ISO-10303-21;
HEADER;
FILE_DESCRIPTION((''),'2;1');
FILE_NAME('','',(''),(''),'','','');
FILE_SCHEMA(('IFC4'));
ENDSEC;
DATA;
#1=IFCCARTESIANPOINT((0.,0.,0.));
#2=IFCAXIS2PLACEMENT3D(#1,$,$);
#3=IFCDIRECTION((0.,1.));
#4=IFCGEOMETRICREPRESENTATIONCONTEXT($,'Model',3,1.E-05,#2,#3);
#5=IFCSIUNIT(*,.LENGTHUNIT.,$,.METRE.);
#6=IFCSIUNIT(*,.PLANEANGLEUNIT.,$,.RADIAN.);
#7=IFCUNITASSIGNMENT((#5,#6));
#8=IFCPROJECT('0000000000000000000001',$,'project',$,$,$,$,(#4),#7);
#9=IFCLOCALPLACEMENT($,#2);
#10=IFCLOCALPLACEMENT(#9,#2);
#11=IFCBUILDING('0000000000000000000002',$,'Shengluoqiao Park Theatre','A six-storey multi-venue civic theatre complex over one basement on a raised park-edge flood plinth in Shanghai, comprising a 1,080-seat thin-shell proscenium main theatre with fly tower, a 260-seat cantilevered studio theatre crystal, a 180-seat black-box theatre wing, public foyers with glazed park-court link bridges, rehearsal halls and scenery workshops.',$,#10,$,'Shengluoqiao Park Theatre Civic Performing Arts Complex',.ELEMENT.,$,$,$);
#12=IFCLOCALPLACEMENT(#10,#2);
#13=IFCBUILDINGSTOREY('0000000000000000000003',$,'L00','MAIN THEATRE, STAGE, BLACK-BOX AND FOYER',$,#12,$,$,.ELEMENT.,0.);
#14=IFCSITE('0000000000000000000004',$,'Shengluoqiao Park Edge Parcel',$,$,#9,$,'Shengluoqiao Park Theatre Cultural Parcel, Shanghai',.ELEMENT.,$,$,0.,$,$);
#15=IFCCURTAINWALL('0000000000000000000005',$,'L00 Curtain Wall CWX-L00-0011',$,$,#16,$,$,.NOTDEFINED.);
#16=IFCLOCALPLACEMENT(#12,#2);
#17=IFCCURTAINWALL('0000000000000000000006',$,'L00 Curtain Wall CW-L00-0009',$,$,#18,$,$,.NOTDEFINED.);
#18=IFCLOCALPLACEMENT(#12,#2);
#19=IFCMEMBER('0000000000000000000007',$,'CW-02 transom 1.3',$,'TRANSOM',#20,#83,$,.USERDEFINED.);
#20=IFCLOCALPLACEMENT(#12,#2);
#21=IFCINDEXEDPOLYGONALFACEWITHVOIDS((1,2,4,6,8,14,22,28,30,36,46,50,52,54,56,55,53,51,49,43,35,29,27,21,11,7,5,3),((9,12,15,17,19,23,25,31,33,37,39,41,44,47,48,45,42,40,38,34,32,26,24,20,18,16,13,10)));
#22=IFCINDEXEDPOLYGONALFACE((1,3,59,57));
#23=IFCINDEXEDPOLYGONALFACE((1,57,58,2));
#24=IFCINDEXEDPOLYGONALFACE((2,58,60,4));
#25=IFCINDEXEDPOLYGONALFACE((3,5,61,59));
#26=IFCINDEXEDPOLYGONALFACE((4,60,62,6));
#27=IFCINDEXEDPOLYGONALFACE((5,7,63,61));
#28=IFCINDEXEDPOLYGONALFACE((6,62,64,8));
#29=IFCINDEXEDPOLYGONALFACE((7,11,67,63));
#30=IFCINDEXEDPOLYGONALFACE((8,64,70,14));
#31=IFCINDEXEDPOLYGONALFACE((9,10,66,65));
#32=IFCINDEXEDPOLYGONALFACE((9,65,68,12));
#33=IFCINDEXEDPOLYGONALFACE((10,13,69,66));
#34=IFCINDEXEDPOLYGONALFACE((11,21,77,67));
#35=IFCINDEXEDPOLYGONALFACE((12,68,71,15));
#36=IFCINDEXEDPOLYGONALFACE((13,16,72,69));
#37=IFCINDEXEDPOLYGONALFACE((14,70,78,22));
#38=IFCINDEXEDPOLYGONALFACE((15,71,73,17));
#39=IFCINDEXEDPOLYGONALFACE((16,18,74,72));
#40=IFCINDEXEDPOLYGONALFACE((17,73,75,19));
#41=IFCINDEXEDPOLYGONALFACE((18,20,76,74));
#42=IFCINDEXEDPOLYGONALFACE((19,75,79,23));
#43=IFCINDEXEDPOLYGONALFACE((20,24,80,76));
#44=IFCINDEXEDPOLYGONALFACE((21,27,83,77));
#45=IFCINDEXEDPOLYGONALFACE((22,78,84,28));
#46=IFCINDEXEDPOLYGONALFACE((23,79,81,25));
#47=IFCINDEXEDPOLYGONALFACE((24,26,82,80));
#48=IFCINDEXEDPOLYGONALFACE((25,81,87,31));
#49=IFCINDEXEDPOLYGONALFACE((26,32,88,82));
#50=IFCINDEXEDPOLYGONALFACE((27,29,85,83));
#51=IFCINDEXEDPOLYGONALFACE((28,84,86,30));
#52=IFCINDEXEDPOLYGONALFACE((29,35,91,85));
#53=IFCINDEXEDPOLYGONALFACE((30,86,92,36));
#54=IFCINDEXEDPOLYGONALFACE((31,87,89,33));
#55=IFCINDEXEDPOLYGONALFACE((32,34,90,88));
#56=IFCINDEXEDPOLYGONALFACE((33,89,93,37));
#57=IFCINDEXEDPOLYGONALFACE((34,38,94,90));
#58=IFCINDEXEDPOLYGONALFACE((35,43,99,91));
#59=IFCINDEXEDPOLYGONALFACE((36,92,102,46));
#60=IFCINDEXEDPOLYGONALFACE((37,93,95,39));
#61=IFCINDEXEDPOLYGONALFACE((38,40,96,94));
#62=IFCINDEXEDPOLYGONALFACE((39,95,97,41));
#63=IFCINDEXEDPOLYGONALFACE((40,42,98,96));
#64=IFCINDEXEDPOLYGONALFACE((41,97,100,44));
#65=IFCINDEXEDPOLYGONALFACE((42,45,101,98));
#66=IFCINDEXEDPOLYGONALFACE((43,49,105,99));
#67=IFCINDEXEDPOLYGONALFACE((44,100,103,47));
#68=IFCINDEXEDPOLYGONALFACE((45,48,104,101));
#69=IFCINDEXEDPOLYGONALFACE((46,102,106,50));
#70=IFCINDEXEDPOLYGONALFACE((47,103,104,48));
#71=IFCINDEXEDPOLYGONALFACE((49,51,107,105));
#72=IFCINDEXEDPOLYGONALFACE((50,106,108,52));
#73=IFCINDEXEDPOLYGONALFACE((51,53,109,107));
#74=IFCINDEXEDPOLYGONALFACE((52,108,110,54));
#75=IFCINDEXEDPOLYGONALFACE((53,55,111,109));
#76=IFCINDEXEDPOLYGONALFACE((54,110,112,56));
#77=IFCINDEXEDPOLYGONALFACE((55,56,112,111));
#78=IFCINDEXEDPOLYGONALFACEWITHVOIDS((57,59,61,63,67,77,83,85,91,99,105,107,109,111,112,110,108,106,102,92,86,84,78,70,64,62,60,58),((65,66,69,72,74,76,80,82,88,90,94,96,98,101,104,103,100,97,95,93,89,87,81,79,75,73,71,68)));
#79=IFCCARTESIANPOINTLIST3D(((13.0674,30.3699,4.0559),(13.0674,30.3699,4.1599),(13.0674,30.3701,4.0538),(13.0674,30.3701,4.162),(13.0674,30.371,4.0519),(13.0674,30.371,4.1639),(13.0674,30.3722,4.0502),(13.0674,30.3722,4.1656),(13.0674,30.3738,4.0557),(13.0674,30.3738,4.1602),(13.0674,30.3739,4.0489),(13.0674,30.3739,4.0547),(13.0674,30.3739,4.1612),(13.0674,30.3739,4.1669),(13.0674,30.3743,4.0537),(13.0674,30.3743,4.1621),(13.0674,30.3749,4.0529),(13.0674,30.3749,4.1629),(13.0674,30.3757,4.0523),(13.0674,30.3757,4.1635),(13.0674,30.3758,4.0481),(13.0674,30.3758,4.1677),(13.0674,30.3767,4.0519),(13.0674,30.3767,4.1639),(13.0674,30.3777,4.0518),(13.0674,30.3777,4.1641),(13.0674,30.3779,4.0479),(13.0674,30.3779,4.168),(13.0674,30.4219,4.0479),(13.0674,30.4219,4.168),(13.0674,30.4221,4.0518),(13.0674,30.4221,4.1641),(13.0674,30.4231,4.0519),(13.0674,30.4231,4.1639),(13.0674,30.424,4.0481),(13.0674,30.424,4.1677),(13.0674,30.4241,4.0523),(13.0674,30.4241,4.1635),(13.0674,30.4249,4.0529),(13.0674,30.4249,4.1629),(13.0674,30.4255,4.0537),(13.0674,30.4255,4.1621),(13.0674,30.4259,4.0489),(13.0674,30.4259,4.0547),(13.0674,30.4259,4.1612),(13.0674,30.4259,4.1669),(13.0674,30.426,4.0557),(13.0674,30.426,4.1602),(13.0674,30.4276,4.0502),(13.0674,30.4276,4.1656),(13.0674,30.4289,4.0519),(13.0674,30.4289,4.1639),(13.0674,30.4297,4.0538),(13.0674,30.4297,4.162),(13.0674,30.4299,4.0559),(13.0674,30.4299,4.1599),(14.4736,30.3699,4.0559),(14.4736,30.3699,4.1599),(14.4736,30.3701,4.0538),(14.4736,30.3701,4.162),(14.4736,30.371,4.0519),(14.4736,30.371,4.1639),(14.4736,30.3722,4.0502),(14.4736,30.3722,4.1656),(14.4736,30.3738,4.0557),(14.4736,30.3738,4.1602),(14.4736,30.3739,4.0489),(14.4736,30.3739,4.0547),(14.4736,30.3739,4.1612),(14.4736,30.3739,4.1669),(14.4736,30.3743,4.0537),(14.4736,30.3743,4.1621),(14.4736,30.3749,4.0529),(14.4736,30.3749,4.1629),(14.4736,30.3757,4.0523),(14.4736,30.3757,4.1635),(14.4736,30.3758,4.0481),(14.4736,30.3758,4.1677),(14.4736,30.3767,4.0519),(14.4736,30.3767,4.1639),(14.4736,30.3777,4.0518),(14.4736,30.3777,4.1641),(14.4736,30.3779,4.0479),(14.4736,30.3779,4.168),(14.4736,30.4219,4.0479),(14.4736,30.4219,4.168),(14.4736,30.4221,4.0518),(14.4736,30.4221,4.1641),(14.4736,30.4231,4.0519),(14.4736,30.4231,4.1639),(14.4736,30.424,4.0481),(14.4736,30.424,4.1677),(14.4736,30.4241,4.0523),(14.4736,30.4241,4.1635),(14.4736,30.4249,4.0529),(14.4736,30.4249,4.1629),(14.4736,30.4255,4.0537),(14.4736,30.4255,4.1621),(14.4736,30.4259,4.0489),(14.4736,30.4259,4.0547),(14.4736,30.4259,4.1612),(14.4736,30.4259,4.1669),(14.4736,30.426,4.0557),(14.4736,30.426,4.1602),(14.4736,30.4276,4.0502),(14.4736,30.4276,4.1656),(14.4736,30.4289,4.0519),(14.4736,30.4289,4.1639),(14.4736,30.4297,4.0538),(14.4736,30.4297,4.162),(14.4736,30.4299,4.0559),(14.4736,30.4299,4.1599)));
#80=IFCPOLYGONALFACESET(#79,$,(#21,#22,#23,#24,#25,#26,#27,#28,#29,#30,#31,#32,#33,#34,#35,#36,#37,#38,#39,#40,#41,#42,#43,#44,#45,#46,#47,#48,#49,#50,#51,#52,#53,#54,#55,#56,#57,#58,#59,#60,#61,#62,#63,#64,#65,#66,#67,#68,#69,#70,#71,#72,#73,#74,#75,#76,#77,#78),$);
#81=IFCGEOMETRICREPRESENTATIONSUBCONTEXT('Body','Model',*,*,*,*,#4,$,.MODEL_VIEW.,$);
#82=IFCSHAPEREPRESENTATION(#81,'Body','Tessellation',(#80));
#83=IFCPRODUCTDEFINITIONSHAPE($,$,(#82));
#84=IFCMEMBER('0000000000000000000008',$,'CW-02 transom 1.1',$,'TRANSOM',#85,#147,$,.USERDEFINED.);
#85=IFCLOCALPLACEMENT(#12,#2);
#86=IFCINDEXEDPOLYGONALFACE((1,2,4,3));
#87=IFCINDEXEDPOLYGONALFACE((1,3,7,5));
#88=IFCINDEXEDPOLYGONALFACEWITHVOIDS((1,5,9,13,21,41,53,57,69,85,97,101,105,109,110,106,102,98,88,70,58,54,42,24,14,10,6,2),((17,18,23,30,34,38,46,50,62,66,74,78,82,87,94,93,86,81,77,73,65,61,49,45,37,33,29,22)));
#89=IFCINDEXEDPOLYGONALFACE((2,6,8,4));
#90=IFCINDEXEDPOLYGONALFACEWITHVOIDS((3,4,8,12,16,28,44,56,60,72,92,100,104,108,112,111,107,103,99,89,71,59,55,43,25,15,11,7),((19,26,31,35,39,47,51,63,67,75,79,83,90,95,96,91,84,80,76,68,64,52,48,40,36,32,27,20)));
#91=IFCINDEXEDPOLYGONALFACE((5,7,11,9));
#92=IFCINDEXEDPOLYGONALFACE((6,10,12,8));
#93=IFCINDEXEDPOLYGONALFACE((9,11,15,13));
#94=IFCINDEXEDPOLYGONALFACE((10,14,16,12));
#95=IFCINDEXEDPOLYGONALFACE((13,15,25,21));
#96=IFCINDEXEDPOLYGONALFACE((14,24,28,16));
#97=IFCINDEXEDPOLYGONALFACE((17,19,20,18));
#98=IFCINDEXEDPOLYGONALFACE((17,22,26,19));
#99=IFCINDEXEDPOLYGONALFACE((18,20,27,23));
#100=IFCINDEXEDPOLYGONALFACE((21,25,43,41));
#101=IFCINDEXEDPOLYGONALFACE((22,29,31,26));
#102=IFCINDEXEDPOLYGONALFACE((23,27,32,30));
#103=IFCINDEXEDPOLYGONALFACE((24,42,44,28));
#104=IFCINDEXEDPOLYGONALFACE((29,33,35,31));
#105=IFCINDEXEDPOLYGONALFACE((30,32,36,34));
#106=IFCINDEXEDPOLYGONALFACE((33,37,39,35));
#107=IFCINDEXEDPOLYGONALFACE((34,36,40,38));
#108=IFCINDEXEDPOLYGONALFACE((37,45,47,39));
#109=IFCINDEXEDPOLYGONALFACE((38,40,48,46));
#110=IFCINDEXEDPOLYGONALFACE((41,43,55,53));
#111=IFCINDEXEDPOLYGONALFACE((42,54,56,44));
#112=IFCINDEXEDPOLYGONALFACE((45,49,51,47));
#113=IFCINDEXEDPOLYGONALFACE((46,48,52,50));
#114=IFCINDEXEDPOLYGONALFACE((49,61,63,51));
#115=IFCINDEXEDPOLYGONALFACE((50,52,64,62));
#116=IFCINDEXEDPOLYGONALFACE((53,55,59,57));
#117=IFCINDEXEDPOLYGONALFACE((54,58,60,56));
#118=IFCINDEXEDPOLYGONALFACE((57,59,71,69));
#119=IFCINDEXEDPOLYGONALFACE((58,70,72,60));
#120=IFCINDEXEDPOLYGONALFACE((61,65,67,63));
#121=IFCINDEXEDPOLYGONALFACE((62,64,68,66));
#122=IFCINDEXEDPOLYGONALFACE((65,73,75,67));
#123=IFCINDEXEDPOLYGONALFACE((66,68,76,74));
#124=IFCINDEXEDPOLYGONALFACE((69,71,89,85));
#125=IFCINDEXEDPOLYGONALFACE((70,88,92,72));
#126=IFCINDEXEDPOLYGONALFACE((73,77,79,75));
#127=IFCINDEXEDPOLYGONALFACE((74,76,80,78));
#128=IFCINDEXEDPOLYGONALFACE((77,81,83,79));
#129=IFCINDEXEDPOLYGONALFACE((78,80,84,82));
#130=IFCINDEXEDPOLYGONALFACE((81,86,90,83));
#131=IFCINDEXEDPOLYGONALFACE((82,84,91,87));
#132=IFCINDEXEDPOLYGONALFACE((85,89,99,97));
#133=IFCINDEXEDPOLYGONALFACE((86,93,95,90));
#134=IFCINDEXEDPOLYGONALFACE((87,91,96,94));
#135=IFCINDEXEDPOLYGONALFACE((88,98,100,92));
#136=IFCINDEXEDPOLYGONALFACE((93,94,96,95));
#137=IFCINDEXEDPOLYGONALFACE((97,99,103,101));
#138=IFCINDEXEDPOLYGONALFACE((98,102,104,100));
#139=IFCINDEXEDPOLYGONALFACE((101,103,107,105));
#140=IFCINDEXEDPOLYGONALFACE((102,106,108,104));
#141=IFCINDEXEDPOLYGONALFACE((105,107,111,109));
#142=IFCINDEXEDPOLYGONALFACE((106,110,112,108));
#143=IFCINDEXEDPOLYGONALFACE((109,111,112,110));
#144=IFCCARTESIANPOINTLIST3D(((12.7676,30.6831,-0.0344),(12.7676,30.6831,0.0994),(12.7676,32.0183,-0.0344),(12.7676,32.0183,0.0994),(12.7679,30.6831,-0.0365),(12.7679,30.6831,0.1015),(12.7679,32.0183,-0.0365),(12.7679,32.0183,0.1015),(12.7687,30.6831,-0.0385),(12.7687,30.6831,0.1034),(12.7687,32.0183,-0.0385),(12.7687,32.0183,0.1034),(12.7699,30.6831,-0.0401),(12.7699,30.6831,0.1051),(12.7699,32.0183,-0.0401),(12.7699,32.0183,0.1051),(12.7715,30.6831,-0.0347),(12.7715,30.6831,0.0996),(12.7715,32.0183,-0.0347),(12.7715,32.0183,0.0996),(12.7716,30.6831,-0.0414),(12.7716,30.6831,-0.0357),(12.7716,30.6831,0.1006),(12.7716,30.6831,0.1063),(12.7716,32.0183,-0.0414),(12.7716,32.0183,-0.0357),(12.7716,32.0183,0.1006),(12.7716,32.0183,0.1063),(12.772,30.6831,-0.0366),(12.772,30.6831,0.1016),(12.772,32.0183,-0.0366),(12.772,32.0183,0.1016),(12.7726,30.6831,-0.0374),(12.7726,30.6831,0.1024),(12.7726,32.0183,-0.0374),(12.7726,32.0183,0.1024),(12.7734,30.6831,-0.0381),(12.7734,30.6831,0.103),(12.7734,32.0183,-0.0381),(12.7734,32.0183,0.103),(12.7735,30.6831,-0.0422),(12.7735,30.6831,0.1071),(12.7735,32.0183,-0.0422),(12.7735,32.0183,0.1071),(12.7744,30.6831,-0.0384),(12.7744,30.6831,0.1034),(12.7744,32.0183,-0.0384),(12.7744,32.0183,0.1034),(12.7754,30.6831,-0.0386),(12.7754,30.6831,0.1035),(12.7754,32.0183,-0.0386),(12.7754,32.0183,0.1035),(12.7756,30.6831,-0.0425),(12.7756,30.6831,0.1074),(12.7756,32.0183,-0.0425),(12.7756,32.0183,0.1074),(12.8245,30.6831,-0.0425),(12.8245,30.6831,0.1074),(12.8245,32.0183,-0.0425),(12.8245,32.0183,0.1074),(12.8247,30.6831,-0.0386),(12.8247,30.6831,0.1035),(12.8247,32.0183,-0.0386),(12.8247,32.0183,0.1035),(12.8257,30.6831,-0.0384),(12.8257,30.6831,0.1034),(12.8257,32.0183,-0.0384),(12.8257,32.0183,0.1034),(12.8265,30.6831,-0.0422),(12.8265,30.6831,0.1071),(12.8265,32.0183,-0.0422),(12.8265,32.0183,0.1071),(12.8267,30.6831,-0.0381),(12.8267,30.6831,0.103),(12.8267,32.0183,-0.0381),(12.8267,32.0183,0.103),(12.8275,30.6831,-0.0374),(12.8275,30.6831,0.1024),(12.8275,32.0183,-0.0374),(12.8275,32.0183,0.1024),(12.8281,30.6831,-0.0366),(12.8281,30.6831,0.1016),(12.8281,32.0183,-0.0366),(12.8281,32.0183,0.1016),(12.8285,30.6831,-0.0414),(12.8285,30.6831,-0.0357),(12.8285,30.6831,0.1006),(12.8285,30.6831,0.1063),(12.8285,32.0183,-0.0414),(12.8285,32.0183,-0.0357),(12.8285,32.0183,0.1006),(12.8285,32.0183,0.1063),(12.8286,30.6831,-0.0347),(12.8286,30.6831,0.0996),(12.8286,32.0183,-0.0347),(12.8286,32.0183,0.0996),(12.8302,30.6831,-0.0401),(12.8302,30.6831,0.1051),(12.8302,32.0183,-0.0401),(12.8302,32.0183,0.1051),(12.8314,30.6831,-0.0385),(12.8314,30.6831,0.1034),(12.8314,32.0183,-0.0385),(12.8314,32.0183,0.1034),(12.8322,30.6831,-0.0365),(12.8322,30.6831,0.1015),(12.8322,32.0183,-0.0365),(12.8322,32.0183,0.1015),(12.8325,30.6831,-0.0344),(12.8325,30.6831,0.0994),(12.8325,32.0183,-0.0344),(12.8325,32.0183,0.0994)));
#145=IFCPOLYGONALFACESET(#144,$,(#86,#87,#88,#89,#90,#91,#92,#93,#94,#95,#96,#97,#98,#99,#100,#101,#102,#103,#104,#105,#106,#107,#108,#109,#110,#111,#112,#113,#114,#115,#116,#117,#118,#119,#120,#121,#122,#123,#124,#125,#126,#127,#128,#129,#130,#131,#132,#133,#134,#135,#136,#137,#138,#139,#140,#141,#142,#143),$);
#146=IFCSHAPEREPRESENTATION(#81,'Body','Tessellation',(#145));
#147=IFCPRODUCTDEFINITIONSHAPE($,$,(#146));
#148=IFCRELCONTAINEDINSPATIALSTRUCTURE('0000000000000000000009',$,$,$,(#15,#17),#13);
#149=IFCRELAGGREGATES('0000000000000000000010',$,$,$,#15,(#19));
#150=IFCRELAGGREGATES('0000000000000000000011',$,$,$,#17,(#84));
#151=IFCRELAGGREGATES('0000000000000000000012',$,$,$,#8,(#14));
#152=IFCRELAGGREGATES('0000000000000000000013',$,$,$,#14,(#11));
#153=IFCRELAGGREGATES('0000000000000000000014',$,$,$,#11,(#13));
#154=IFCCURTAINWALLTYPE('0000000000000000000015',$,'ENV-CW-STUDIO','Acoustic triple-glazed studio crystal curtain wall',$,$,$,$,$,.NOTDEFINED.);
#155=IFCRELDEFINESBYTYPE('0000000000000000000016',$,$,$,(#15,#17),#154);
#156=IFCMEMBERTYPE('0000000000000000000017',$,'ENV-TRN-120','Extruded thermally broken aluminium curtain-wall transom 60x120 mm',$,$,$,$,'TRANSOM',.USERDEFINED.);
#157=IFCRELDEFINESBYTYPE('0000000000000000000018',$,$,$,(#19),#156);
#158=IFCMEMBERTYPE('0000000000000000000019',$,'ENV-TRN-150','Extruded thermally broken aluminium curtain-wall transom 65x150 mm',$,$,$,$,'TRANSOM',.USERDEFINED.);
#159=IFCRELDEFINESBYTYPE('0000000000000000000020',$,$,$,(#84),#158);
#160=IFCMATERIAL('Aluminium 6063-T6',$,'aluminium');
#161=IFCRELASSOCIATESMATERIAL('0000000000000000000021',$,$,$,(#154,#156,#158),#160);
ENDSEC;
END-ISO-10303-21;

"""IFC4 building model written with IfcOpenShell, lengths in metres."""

from ifc_helpers import new_model, si_unit, direction, frame, origin, origin_2d, place, context, subcontext, project, spatial, hollow_rectangle, extrude, material, material_profile, profile_set, type_object, element, aggregate, save


model = new_model("IFC4")

# Units and contexts
model_context = context("Model", 3, precision=1e-05, world=origin(), true_north=direction((0.0, 1.0)))
body_context = subcontext(model_context, "Body", "Model", "MODEL_VIEW")
ifc_project = project(units=[si_unit("LENGTHUNIT", "METRE"), si_unit("PLANEANGLEUNIT", "RADIAN")], contexts=[model_context])

# Site, building, storey
site_placement = place(None, origin())
site = spatial("IfcSite", under=ifc_project, at=site_placement, Name="Shengluoqiao Park Edge Parcel", LongName="Shengluoqiao Park Theatre Cultural Parcel, Shanghai", CompositionType="ELEMENT", RefElevation=0.0)
building_placement = place(site_placement, origin())
building = spatial("IfcBuilding", under=site, at=building_placement, Name="Shengluoqiao Park Theatre", Description="A six-storey multi-venue civic theatre complex over one basement on a raised park-edge flood plinth in Shanghai, comprising a 1,080-seat thin-shell proscenium main theatre with fly tower, a 260-seat cantilevered studio theatre crystal, a 180-seat black-box theatre wing, public foyers with glazed park-court link bridges, rehearsal halls and scenery workshops.", LongName="Shengluoqiao Park Theatre Civic Performing Arts Complex", CompositionType="ELEMENT")
storey_placement = place(building_placement, origin())
storey = spatial("IfcBuildingStorey", under=building, at=storey_placement, Name="L00", Description="MAIN THEATRE, STAGE, BLACK-BOX AND FOYER", CompositionType="ELEMENT", Elevation=0.0)

# Curtain wall
ifc_material_1 = material(Name="Aluminium 6063-T6", Category="aluminium")
curtain_wall_type = type_object("IfcCurtainWallType", Name="ENV-CW-STUDIO", Description="Acoustic triple-glazed studio crystal curtain wall", PredefinedType="NOTDEFINED", material=ifc_material_1)
curtain_wall_1_placement = place(storey_placement, origin())
curtain_wall_1 = element("IfcCurtainWall", 1, at=curtain_wall_1_placement, inside=storey, type_object=curtain_wall_type, Name="L00 Curtain Wall CWX-L00-0011", PredefinedType="NOTDEFINED")

# Curtain wall
curtain_wall_2_placement = place(storey_placement, origin())
curtain_wall_2 = element("IfcCurtainWall", 2, at=curtain_wall_2_placement, inside=storey, type_object=curtain_wall_type, Name="L00 Curtain Wall CW-L00-0009", PredefinedType="NOTDEFINED")

# Members
ifc_material_profile_1 = material_profile(ifc_material_1, hollow_rectangle(XDim=0.0601, YDim=0.1201, WallThickness=0.0039, InnerFilletRadius=0.0039, OuterFilletRadius=0.0081, at=origin_2d()), Name="ALU TRANSOM 120x60x4")
ifc_profile_set_1 = profile_set([ifc_material_profile_1], Name="Aluminium 6063-T6")
member_type_1 = type_object("IfcMemberType", Name="ENV-TRN-120", Description="Extruded thermally broken aluminium curtain-wall transom 60x120 mm", ElementType="TRANSOM", PredefinedType="USERDEFINED", material=ifc_profile_set_1)
member_1_placement = place(storey_placement, frame((13.0674, 30.3999, 4.1079), z_axis=(1.0, 0.0, 0.0), x_axis=(0.0, 1.0, 0.0)))
member_1 = element("IfcMember", 3, at=member_1_placement, type_object=member_type_1, Name="CW-02 transom 1.3", ObjectType="TRANSOM", PredefinedType="USERDEFINED", context=body_context, shape_type="SweptSolid", body=[
    extrude(hollow_rectangle(XDim=0.0601, YDim=0.1201, WallThickness=0.0039, InnerFilletRadius=0.0039, OuterFilletRadius=0.0081, at=origin_2d()), origin(), (0.0, 0.0, 1.0), 1.4062),
])
ifc_material_profile_2 = material_profile(ifc_material_1, hollow_rectangle(XDim=0.0649, YDim=0.1499, WallThickness=0.0039, InnerFilletRadius=0.0039, OuterFilletRadius=0.0081, at=origin_2d()), Name="ALU TRANSOM 150x65x4")
ifc_profile_set_2 = profile_set([ifc_material_profile_2], Name="Aluminium 6063-T6")
member_type_2 = type_object("IfcMemberType", Name="ENV-TRN-150", Description="Extruded thermally broken aluminium curtain-wall transom 65x150 mm", ElementType="TRANSOM", PredefinedType="USERDEFINED", material=ifc_profile_set_2)
member_2_placement = place(storey_placement, frame((12.8, 30.6831, 0.0325), z_axis=(0.0, 1.0, 0.0), x_axis=(-1.0, 0.0, 0.0)))
member_2 = element("IfcMember", 4, at=member_2_placement, type_object=member_type_2, Name="CW-02 transom 1.1", ObjectType="TRANSOM", PredefinedType="USERDEFINED", context=body_context, shape_type="SweptSolid", body=[
    extrude(hollow_rectangle(XDim=0.0649, YDim=0.1499, WallThickness=0.0039, InnerFilletRadius=0.0039, OuterFilletRadius=0.0081, at=origin_2d()), origin(), (0.0, 0.0, 1.0), 1.3352),
])

aggregate(curtain_wall_1, [member_1])
aggregate(curtain_wall_2, [member_2])

save(model, "model.ifc")
